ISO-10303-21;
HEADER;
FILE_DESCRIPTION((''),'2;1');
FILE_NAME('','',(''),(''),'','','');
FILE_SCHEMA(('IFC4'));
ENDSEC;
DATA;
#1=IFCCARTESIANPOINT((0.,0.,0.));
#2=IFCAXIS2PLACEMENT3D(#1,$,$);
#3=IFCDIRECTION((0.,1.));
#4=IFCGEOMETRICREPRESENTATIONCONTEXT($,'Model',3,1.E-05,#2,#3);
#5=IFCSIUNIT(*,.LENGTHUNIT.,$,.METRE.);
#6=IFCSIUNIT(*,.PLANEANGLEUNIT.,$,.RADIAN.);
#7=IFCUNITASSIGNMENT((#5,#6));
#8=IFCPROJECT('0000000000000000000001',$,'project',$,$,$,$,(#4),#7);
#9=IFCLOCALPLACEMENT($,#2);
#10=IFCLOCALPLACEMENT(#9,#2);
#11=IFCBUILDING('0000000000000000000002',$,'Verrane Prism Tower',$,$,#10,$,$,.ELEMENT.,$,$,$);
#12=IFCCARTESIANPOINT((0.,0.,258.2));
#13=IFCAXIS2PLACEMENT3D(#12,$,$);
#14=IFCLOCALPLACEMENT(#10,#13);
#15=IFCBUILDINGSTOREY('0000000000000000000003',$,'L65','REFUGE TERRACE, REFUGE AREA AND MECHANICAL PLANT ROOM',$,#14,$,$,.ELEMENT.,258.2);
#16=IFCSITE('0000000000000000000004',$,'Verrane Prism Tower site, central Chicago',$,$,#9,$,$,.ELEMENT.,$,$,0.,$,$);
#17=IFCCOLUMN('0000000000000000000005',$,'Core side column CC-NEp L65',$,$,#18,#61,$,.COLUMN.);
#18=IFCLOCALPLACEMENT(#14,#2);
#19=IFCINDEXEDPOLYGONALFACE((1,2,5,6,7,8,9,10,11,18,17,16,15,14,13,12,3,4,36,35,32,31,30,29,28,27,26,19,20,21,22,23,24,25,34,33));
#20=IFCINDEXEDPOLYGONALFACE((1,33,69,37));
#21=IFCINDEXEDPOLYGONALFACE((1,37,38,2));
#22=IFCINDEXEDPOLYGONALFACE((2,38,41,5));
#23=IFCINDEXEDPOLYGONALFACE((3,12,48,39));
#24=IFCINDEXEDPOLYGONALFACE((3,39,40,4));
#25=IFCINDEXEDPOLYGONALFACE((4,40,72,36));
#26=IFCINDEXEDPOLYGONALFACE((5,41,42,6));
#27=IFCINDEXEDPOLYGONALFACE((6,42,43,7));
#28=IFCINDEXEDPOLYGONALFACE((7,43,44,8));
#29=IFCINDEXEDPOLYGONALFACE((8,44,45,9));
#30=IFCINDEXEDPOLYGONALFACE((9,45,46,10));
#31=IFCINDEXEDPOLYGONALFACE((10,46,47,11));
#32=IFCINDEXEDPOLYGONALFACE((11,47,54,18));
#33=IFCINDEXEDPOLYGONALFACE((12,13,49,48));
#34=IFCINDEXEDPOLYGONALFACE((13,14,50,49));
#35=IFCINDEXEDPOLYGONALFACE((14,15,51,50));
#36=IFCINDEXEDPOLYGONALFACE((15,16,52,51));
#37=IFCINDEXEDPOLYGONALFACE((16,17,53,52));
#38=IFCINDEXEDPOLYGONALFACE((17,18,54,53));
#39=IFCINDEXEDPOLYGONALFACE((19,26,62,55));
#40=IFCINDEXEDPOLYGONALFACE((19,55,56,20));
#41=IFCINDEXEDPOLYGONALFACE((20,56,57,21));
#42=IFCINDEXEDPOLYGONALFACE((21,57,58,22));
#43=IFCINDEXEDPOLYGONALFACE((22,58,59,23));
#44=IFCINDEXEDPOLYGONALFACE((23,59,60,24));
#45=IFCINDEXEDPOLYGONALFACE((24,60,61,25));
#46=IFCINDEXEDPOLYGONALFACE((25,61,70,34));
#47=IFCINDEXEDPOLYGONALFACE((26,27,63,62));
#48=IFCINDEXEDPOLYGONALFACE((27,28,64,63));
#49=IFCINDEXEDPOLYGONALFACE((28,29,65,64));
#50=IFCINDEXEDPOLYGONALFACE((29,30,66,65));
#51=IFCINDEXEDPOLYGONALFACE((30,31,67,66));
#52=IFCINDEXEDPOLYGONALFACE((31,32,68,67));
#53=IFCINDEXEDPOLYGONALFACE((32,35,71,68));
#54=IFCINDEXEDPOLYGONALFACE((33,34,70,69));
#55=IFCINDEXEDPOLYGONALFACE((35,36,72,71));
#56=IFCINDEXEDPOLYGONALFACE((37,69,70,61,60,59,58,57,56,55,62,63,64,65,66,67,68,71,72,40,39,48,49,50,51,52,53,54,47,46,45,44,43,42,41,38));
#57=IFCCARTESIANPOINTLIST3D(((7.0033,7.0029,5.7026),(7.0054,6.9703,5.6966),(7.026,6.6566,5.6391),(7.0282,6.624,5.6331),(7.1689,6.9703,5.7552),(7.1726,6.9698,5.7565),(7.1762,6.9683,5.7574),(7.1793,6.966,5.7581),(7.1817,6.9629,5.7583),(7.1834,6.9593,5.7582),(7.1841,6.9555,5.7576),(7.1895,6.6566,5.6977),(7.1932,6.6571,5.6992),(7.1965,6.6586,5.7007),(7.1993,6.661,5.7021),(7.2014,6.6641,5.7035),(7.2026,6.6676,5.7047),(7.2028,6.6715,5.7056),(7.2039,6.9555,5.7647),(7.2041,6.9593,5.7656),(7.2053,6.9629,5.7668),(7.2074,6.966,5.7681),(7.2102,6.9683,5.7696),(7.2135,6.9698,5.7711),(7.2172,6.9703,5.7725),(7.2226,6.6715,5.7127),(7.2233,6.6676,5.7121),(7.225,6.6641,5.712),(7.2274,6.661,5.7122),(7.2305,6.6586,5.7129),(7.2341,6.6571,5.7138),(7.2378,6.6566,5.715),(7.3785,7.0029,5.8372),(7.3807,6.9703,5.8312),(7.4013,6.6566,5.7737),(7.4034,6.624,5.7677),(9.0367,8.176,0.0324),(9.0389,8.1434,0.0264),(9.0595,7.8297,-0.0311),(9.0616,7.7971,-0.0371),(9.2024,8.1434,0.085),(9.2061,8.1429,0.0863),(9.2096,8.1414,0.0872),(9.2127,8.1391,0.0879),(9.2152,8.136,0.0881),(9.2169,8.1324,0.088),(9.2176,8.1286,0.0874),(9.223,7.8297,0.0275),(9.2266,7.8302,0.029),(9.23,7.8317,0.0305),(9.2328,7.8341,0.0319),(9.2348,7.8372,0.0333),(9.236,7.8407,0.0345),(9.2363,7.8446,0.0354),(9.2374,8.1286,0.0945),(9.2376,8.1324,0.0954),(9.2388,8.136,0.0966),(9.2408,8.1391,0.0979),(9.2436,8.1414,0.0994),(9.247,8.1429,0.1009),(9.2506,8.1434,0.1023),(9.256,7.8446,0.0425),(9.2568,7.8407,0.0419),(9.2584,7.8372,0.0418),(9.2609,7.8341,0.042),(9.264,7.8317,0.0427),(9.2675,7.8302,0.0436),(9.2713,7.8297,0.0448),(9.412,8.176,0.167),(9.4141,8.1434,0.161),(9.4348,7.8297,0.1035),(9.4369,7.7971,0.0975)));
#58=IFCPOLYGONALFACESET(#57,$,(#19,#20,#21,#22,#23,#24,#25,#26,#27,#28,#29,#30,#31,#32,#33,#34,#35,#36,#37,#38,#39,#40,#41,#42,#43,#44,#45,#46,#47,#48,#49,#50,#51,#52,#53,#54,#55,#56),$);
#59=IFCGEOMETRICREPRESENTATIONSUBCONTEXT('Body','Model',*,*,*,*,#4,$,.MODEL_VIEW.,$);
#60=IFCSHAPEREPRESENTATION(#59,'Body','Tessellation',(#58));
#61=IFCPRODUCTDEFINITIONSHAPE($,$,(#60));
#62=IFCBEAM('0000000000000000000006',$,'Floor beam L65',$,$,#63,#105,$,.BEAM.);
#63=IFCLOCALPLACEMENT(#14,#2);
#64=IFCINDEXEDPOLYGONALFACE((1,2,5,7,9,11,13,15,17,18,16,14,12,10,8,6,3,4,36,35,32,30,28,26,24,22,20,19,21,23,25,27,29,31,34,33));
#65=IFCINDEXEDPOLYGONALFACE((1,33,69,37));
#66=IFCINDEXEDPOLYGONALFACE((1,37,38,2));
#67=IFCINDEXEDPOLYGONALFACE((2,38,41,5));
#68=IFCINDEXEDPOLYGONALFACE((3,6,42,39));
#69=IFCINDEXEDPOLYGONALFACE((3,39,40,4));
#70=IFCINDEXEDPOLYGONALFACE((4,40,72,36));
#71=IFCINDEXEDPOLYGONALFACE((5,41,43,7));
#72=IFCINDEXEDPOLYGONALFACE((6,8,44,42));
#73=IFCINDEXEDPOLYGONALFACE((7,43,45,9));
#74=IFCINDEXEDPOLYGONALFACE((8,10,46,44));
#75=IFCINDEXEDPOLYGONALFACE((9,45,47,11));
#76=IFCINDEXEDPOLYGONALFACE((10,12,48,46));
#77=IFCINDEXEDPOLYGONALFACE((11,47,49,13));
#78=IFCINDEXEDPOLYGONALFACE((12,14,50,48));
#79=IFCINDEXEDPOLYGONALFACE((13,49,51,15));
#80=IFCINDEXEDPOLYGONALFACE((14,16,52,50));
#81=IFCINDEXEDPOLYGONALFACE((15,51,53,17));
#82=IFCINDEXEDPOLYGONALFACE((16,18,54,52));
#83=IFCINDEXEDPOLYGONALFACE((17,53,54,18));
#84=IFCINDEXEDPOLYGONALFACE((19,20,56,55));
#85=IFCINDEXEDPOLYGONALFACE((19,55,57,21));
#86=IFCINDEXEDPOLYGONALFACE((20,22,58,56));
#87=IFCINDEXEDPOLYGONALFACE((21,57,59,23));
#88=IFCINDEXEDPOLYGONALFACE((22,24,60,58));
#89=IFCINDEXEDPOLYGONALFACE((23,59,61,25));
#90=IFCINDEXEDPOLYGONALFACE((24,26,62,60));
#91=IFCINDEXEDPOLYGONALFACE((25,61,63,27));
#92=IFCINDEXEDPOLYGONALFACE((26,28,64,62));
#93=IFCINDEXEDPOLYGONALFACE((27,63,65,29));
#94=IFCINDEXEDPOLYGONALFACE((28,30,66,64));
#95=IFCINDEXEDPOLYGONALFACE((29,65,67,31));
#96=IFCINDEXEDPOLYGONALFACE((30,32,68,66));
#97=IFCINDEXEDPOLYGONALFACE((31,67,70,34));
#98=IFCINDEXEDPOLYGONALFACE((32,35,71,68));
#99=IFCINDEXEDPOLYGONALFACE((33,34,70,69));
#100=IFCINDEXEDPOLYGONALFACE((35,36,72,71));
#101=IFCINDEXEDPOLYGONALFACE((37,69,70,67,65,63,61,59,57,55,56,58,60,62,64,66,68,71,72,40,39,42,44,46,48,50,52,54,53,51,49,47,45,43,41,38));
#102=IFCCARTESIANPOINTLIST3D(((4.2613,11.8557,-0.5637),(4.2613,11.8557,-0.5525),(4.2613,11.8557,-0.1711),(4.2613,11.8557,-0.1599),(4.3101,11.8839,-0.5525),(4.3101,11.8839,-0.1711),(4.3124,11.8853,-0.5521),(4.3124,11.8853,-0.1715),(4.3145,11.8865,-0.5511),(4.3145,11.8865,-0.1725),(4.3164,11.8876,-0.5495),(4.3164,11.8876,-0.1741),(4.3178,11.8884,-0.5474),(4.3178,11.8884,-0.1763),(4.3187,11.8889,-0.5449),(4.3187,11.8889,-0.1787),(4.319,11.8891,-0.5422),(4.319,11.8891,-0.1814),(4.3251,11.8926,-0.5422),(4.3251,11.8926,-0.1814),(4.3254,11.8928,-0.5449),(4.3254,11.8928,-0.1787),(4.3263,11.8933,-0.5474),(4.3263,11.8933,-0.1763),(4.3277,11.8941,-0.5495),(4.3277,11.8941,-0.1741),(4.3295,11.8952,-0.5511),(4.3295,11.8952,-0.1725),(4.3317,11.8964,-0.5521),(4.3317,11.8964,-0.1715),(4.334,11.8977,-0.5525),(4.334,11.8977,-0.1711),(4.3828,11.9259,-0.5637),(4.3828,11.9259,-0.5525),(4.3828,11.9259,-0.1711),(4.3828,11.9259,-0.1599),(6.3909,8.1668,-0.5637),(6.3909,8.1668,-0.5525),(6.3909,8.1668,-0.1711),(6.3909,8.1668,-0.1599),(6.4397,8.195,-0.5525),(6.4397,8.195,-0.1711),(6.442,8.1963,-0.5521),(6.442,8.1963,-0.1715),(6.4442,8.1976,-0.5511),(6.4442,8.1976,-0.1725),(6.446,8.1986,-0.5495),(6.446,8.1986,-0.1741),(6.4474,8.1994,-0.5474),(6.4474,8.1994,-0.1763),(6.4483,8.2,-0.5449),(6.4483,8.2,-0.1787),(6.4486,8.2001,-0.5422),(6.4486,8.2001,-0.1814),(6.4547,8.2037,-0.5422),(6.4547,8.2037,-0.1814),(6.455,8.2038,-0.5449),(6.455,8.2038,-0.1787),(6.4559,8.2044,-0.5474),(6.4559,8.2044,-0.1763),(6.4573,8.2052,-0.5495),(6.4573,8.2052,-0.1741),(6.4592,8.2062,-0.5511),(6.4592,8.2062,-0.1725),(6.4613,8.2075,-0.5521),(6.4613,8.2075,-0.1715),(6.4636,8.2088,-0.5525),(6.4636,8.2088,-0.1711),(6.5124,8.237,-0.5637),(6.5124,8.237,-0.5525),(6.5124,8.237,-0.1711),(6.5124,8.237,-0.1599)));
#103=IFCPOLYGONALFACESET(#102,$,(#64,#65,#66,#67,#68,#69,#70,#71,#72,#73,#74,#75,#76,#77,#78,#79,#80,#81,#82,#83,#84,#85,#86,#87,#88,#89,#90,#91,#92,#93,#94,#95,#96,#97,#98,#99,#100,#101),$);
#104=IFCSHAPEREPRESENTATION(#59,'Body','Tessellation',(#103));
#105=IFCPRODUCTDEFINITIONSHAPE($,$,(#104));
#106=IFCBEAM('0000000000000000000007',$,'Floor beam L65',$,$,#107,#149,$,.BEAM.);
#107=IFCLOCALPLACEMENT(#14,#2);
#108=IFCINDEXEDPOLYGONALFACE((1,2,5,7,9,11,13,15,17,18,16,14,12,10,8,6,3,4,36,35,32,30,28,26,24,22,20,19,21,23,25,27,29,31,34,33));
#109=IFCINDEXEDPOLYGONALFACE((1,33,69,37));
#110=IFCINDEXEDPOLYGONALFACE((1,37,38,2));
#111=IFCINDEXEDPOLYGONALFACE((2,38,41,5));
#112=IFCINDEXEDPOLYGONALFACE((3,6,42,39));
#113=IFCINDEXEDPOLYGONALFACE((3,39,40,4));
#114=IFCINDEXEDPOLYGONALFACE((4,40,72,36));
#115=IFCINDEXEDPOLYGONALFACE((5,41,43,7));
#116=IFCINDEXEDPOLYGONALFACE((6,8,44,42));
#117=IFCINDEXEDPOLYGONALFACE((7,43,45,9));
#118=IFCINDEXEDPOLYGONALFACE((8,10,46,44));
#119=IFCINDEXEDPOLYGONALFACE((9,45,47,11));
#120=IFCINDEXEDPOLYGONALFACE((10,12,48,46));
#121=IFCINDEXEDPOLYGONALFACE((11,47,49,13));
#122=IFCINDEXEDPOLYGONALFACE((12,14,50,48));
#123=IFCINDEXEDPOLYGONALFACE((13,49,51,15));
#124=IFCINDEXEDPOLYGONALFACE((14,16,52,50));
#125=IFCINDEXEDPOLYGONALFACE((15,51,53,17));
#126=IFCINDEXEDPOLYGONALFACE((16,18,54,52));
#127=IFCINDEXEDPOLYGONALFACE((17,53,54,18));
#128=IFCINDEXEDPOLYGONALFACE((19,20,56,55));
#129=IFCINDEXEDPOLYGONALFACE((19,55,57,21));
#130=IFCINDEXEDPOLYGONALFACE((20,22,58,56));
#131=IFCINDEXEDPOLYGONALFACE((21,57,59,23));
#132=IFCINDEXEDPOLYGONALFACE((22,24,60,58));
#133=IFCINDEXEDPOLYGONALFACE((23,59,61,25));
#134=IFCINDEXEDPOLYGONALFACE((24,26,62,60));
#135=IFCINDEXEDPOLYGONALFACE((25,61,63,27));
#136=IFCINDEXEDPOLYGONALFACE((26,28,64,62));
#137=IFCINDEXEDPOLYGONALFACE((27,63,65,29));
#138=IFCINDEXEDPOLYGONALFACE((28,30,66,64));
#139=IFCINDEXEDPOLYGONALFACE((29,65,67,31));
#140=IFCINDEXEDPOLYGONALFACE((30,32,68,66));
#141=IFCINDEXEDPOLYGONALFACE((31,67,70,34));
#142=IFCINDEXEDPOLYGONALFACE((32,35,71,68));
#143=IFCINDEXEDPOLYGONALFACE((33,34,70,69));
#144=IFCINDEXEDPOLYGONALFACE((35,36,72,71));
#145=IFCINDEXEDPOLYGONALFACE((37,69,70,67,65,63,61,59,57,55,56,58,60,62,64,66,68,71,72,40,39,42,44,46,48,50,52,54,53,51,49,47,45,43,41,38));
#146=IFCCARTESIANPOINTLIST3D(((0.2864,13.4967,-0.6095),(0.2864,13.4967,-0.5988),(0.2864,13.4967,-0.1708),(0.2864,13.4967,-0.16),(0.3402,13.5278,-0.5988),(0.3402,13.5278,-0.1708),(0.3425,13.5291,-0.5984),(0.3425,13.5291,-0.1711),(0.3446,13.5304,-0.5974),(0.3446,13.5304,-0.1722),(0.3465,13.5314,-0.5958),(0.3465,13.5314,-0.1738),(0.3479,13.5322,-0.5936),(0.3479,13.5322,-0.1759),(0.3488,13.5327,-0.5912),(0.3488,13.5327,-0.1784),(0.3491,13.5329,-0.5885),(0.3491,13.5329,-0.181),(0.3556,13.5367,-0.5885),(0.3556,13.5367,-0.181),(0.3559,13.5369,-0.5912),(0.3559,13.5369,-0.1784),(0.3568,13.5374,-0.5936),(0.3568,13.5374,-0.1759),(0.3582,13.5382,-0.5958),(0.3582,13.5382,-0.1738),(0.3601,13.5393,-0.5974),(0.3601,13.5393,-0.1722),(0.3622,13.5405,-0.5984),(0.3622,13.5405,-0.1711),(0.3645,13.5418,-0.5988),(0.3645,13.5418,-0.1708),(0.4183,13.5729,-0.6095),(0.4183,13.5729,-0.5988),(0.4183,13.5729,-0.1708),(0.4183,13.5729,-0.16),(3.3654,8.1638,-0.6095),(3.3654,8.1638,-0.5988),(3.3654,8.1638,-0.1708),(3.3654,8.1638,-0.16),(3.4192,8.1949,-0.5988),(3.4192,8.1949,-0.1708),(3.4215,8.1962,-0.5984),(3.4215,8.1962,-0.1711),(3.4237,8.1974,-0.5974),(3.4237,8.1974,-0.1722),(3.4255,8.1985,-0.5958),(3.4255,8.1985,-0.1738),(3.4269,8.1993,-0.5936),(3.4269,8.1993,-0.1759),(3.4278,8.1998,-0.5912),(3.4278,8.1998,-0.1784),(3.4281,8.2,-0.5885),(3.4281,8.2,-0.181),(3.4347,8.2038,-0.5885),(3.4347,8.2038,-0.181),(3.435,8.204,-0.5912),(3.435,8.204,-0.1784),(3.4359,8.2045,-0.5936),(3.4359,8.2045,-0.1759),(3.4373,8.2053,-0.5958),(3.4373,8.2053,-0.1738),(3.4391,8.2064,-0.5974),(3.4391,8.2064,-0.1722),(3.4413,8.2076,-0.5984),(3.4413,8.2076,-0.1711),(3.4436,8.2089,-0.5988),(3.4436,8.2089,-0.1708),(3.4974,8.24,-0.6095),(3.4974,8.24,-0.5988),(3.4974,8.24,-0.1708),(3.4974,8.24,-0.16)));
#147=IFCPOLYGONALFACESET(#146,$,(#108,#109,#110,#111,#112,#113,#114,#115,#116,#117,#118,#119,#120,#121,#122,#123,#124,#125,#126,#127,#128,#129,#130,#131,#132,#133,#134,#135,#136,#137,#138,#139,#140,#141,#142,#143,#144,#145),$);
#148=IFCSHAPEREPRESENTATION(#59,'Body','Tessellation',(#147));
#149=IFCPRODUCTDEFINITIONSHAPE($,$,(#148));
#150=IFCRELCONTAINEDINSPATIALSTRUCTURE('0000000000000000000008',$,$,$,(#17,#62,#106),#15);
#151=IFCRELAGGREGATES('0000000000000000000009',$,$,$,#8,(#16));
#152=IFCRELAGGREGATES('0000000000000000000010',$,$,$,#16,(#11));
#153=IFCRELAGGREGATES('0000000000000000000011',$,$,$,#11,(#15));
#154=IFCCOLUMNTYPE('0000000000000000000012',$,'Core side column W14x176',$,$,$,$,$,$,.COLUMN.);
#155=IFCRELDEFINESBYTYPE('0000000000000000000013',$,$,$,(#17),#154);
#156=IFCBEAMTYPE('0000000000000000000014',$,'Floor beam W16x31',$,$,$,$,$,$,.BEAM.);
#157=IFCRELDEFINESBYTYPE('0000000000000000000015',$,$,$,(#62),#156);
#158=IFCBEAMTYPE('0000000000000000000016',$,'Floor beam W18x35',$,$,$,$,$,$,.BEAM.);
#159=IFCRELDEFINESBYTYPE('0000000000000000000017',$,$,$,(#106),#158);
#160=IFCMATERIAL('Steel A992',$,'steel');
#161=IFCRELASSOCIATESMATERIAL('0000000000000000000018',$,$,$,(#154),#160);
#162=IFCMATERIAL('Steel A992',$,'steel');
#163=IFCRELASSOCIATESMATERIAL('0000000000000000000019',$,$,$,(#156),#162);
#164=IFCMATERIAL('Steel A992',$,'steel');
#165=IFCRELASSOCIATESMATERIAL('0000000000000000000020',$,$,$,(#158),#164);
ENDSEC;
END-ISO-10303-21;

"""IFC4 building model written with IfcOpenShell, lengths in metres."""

from ifc_helpers import new_model, si_unit, direction, frame, origin, origin_2d, place, context, subcontext, project, spatial, i_section, extrude, material, material_profile, profile_set, type_object, element, save


model = new_model("IFC4")

# Units and contexts
model_context = context("Model", 3, precision=1e-05, world=origin(), true_north=direction((0.0, 1.0)))
body_context = subcontext(model_context, "Body", "Model", "MODEL_VIEW")
ifc_project = project(units=[si_unit("LENGTHUNIT", "METRE"), si_unit("PLANEANGLEUNIT", "RADIAN")], contexts=[model_context])

# Site, building, storey
site_placement = place(None, origin())
site = spatial("IfcSite", under=ifc_project, at=site_placement, Name="Verrane Prism Tower site, central Chicago", CompositionType="ELEMENT", RefElevation=0.0)
building_placement = place(site_placement, origin())
building = spatial("IfcBuilding", under=site, at=building_placement, Name="Verrane Prism Tower", CompositionType="ELEMENT")
storey_placement = place(building_placement, frame((0.0, 0.0, 258.2)))
storey = spatial("IfcBuildingStorey", under=building, at=storey_placement, Name="L65", Description="REFUGE TERRACE, REFUGE AREA AND MECHANICAL PLANT ROOM", CompositionType="ELEMENT", Elevation=258.2)

# Column
ifc_material_1 = material(Name="Steel A992", Category="steel")
ifc_material_profile_1 = material_profile(ifc_material_1, i_section(OverallWidth=0.3987, OverallDepth=0.386, WebThickness=0.021, FlangeThickness=0.0332, FilletRadius=0.0151, at=origin_2d()), Name="W14x176")
ifc_profile_set_1 = profile_set([ifc_material_profile_1], Name="Steel A992")
column_type = type_object("IfcColumnType", Name="Core side column W14x176", PredefinedType="COLUMN", material=ifc_profile_set_1)
column_placement = place(storey_placement, frame((9.2368, 7.9866, 0.0649), z_axis=(-0.331346, -0.191154, 0.923943), x_axis=(0.941301, -0.000015, 0.337568)))
element("IfcColumn", 1, at=column_placement, inside=storey, type_object=column_type, Name="Core side column CC-NEp L65", PredefinedType="COLUMN", context=body_context, shape_type="SweptSolid", body=[
    extrude(i_section(OverallWidth=0.3987, OverallDepth=0.386, WebThickness=0.021, FlangeThickness=0.0332, FilletRadius=0.0151, at=origin_2d()), origin(), (0.0, 0.0, 1.0), 6.137),
])

# Beams
ifc_material_2 = material(Name="Steel A992", Category="steel")
ifc_material_profile_2 = material_profile(ifc_material_2, i_section(OverallWidth=0.1404, OverallDepth=0.4038, WebThickness=0.0071, FlangeThickness=0.0112, FilletRadius=0.0103, at=origin_2d()), Name="W16x31")
ifc_profile_set_2 = profile_set([ifc_material_profile_2], Name="Steel A992")
beam_type_1 = type_object("IfcBeamType", Name="Floor beam W16x31", PredefinedType="BEAM", material=ifc_profile_set_2)
beam_1_placement = place(storey_placement, frame((6.4517, 8.2019, -0.3618), z_axis=(-0.499967, 0.866044, 0.0), x_axis=(-0.866044, -0.499967, 0.0)))
element("IfcBeam", 2, at=beam_1_placement, inside=storey, type_object=beam_type_1, Name="Floor beam L65", PredefinedType="BEAM", context=body_context, shape_type="SweptSolid", body=[
    extrude(i_section(OverallWidth=0.1404, OverallDepth=0.4038, WebThickness=0.0071, FlangeThickness=0.0112, FilletRadius=0.0103, at=origin_2d()), origin(), (0.0, 0.0, 1.0), 4.2595),
])
ifc_material_3 = material(Name="Steel A992", Category="steel")
ifc_material_profile_3 = material_profile(ifc_material_3, i_section(OverallWidth=0.1523, OverallDepth=0.4495, WebThickness=0.0076, FlangeThickness=0.0107, FilletRadius=0.0103, at=origin_2d()), Name="W18x35")
ifc_profile_set_3 = profile_set([ifc_material_profile_3], Name="Steel A992")
beam_type_2 = type_object("IfcBeamType", Name="Floor beam W18x35", PredefinedType="BEAM", material=ifc_profile_set_3)
beam_2_placement = place(storey_placement, frame((3.4314, 8.2019, -0.3848), z_axis=(-0.500011, 0.866019, 0.0), x_axis=(-0.866019, -0.500011, 0.0)))
element("IfcBeam", 3, at=beam_2_placement, inside=storey, type_object=beam_type_2, Name="Floor beam L65", PredefinedType="BEAM", context=body_context, shape_type="SweptSolid", body=[
    extrude(i_section(OverallWidth=0.1523, OverallDepth=0.4495, WebThickness=0.0076, FlangeThickness=0.0107, FilletRadius=0.0103, at=origin_2d()), origin(), (0.0, 0.0, 1.0), 6.158),
])

save(model, "model.ifc")
